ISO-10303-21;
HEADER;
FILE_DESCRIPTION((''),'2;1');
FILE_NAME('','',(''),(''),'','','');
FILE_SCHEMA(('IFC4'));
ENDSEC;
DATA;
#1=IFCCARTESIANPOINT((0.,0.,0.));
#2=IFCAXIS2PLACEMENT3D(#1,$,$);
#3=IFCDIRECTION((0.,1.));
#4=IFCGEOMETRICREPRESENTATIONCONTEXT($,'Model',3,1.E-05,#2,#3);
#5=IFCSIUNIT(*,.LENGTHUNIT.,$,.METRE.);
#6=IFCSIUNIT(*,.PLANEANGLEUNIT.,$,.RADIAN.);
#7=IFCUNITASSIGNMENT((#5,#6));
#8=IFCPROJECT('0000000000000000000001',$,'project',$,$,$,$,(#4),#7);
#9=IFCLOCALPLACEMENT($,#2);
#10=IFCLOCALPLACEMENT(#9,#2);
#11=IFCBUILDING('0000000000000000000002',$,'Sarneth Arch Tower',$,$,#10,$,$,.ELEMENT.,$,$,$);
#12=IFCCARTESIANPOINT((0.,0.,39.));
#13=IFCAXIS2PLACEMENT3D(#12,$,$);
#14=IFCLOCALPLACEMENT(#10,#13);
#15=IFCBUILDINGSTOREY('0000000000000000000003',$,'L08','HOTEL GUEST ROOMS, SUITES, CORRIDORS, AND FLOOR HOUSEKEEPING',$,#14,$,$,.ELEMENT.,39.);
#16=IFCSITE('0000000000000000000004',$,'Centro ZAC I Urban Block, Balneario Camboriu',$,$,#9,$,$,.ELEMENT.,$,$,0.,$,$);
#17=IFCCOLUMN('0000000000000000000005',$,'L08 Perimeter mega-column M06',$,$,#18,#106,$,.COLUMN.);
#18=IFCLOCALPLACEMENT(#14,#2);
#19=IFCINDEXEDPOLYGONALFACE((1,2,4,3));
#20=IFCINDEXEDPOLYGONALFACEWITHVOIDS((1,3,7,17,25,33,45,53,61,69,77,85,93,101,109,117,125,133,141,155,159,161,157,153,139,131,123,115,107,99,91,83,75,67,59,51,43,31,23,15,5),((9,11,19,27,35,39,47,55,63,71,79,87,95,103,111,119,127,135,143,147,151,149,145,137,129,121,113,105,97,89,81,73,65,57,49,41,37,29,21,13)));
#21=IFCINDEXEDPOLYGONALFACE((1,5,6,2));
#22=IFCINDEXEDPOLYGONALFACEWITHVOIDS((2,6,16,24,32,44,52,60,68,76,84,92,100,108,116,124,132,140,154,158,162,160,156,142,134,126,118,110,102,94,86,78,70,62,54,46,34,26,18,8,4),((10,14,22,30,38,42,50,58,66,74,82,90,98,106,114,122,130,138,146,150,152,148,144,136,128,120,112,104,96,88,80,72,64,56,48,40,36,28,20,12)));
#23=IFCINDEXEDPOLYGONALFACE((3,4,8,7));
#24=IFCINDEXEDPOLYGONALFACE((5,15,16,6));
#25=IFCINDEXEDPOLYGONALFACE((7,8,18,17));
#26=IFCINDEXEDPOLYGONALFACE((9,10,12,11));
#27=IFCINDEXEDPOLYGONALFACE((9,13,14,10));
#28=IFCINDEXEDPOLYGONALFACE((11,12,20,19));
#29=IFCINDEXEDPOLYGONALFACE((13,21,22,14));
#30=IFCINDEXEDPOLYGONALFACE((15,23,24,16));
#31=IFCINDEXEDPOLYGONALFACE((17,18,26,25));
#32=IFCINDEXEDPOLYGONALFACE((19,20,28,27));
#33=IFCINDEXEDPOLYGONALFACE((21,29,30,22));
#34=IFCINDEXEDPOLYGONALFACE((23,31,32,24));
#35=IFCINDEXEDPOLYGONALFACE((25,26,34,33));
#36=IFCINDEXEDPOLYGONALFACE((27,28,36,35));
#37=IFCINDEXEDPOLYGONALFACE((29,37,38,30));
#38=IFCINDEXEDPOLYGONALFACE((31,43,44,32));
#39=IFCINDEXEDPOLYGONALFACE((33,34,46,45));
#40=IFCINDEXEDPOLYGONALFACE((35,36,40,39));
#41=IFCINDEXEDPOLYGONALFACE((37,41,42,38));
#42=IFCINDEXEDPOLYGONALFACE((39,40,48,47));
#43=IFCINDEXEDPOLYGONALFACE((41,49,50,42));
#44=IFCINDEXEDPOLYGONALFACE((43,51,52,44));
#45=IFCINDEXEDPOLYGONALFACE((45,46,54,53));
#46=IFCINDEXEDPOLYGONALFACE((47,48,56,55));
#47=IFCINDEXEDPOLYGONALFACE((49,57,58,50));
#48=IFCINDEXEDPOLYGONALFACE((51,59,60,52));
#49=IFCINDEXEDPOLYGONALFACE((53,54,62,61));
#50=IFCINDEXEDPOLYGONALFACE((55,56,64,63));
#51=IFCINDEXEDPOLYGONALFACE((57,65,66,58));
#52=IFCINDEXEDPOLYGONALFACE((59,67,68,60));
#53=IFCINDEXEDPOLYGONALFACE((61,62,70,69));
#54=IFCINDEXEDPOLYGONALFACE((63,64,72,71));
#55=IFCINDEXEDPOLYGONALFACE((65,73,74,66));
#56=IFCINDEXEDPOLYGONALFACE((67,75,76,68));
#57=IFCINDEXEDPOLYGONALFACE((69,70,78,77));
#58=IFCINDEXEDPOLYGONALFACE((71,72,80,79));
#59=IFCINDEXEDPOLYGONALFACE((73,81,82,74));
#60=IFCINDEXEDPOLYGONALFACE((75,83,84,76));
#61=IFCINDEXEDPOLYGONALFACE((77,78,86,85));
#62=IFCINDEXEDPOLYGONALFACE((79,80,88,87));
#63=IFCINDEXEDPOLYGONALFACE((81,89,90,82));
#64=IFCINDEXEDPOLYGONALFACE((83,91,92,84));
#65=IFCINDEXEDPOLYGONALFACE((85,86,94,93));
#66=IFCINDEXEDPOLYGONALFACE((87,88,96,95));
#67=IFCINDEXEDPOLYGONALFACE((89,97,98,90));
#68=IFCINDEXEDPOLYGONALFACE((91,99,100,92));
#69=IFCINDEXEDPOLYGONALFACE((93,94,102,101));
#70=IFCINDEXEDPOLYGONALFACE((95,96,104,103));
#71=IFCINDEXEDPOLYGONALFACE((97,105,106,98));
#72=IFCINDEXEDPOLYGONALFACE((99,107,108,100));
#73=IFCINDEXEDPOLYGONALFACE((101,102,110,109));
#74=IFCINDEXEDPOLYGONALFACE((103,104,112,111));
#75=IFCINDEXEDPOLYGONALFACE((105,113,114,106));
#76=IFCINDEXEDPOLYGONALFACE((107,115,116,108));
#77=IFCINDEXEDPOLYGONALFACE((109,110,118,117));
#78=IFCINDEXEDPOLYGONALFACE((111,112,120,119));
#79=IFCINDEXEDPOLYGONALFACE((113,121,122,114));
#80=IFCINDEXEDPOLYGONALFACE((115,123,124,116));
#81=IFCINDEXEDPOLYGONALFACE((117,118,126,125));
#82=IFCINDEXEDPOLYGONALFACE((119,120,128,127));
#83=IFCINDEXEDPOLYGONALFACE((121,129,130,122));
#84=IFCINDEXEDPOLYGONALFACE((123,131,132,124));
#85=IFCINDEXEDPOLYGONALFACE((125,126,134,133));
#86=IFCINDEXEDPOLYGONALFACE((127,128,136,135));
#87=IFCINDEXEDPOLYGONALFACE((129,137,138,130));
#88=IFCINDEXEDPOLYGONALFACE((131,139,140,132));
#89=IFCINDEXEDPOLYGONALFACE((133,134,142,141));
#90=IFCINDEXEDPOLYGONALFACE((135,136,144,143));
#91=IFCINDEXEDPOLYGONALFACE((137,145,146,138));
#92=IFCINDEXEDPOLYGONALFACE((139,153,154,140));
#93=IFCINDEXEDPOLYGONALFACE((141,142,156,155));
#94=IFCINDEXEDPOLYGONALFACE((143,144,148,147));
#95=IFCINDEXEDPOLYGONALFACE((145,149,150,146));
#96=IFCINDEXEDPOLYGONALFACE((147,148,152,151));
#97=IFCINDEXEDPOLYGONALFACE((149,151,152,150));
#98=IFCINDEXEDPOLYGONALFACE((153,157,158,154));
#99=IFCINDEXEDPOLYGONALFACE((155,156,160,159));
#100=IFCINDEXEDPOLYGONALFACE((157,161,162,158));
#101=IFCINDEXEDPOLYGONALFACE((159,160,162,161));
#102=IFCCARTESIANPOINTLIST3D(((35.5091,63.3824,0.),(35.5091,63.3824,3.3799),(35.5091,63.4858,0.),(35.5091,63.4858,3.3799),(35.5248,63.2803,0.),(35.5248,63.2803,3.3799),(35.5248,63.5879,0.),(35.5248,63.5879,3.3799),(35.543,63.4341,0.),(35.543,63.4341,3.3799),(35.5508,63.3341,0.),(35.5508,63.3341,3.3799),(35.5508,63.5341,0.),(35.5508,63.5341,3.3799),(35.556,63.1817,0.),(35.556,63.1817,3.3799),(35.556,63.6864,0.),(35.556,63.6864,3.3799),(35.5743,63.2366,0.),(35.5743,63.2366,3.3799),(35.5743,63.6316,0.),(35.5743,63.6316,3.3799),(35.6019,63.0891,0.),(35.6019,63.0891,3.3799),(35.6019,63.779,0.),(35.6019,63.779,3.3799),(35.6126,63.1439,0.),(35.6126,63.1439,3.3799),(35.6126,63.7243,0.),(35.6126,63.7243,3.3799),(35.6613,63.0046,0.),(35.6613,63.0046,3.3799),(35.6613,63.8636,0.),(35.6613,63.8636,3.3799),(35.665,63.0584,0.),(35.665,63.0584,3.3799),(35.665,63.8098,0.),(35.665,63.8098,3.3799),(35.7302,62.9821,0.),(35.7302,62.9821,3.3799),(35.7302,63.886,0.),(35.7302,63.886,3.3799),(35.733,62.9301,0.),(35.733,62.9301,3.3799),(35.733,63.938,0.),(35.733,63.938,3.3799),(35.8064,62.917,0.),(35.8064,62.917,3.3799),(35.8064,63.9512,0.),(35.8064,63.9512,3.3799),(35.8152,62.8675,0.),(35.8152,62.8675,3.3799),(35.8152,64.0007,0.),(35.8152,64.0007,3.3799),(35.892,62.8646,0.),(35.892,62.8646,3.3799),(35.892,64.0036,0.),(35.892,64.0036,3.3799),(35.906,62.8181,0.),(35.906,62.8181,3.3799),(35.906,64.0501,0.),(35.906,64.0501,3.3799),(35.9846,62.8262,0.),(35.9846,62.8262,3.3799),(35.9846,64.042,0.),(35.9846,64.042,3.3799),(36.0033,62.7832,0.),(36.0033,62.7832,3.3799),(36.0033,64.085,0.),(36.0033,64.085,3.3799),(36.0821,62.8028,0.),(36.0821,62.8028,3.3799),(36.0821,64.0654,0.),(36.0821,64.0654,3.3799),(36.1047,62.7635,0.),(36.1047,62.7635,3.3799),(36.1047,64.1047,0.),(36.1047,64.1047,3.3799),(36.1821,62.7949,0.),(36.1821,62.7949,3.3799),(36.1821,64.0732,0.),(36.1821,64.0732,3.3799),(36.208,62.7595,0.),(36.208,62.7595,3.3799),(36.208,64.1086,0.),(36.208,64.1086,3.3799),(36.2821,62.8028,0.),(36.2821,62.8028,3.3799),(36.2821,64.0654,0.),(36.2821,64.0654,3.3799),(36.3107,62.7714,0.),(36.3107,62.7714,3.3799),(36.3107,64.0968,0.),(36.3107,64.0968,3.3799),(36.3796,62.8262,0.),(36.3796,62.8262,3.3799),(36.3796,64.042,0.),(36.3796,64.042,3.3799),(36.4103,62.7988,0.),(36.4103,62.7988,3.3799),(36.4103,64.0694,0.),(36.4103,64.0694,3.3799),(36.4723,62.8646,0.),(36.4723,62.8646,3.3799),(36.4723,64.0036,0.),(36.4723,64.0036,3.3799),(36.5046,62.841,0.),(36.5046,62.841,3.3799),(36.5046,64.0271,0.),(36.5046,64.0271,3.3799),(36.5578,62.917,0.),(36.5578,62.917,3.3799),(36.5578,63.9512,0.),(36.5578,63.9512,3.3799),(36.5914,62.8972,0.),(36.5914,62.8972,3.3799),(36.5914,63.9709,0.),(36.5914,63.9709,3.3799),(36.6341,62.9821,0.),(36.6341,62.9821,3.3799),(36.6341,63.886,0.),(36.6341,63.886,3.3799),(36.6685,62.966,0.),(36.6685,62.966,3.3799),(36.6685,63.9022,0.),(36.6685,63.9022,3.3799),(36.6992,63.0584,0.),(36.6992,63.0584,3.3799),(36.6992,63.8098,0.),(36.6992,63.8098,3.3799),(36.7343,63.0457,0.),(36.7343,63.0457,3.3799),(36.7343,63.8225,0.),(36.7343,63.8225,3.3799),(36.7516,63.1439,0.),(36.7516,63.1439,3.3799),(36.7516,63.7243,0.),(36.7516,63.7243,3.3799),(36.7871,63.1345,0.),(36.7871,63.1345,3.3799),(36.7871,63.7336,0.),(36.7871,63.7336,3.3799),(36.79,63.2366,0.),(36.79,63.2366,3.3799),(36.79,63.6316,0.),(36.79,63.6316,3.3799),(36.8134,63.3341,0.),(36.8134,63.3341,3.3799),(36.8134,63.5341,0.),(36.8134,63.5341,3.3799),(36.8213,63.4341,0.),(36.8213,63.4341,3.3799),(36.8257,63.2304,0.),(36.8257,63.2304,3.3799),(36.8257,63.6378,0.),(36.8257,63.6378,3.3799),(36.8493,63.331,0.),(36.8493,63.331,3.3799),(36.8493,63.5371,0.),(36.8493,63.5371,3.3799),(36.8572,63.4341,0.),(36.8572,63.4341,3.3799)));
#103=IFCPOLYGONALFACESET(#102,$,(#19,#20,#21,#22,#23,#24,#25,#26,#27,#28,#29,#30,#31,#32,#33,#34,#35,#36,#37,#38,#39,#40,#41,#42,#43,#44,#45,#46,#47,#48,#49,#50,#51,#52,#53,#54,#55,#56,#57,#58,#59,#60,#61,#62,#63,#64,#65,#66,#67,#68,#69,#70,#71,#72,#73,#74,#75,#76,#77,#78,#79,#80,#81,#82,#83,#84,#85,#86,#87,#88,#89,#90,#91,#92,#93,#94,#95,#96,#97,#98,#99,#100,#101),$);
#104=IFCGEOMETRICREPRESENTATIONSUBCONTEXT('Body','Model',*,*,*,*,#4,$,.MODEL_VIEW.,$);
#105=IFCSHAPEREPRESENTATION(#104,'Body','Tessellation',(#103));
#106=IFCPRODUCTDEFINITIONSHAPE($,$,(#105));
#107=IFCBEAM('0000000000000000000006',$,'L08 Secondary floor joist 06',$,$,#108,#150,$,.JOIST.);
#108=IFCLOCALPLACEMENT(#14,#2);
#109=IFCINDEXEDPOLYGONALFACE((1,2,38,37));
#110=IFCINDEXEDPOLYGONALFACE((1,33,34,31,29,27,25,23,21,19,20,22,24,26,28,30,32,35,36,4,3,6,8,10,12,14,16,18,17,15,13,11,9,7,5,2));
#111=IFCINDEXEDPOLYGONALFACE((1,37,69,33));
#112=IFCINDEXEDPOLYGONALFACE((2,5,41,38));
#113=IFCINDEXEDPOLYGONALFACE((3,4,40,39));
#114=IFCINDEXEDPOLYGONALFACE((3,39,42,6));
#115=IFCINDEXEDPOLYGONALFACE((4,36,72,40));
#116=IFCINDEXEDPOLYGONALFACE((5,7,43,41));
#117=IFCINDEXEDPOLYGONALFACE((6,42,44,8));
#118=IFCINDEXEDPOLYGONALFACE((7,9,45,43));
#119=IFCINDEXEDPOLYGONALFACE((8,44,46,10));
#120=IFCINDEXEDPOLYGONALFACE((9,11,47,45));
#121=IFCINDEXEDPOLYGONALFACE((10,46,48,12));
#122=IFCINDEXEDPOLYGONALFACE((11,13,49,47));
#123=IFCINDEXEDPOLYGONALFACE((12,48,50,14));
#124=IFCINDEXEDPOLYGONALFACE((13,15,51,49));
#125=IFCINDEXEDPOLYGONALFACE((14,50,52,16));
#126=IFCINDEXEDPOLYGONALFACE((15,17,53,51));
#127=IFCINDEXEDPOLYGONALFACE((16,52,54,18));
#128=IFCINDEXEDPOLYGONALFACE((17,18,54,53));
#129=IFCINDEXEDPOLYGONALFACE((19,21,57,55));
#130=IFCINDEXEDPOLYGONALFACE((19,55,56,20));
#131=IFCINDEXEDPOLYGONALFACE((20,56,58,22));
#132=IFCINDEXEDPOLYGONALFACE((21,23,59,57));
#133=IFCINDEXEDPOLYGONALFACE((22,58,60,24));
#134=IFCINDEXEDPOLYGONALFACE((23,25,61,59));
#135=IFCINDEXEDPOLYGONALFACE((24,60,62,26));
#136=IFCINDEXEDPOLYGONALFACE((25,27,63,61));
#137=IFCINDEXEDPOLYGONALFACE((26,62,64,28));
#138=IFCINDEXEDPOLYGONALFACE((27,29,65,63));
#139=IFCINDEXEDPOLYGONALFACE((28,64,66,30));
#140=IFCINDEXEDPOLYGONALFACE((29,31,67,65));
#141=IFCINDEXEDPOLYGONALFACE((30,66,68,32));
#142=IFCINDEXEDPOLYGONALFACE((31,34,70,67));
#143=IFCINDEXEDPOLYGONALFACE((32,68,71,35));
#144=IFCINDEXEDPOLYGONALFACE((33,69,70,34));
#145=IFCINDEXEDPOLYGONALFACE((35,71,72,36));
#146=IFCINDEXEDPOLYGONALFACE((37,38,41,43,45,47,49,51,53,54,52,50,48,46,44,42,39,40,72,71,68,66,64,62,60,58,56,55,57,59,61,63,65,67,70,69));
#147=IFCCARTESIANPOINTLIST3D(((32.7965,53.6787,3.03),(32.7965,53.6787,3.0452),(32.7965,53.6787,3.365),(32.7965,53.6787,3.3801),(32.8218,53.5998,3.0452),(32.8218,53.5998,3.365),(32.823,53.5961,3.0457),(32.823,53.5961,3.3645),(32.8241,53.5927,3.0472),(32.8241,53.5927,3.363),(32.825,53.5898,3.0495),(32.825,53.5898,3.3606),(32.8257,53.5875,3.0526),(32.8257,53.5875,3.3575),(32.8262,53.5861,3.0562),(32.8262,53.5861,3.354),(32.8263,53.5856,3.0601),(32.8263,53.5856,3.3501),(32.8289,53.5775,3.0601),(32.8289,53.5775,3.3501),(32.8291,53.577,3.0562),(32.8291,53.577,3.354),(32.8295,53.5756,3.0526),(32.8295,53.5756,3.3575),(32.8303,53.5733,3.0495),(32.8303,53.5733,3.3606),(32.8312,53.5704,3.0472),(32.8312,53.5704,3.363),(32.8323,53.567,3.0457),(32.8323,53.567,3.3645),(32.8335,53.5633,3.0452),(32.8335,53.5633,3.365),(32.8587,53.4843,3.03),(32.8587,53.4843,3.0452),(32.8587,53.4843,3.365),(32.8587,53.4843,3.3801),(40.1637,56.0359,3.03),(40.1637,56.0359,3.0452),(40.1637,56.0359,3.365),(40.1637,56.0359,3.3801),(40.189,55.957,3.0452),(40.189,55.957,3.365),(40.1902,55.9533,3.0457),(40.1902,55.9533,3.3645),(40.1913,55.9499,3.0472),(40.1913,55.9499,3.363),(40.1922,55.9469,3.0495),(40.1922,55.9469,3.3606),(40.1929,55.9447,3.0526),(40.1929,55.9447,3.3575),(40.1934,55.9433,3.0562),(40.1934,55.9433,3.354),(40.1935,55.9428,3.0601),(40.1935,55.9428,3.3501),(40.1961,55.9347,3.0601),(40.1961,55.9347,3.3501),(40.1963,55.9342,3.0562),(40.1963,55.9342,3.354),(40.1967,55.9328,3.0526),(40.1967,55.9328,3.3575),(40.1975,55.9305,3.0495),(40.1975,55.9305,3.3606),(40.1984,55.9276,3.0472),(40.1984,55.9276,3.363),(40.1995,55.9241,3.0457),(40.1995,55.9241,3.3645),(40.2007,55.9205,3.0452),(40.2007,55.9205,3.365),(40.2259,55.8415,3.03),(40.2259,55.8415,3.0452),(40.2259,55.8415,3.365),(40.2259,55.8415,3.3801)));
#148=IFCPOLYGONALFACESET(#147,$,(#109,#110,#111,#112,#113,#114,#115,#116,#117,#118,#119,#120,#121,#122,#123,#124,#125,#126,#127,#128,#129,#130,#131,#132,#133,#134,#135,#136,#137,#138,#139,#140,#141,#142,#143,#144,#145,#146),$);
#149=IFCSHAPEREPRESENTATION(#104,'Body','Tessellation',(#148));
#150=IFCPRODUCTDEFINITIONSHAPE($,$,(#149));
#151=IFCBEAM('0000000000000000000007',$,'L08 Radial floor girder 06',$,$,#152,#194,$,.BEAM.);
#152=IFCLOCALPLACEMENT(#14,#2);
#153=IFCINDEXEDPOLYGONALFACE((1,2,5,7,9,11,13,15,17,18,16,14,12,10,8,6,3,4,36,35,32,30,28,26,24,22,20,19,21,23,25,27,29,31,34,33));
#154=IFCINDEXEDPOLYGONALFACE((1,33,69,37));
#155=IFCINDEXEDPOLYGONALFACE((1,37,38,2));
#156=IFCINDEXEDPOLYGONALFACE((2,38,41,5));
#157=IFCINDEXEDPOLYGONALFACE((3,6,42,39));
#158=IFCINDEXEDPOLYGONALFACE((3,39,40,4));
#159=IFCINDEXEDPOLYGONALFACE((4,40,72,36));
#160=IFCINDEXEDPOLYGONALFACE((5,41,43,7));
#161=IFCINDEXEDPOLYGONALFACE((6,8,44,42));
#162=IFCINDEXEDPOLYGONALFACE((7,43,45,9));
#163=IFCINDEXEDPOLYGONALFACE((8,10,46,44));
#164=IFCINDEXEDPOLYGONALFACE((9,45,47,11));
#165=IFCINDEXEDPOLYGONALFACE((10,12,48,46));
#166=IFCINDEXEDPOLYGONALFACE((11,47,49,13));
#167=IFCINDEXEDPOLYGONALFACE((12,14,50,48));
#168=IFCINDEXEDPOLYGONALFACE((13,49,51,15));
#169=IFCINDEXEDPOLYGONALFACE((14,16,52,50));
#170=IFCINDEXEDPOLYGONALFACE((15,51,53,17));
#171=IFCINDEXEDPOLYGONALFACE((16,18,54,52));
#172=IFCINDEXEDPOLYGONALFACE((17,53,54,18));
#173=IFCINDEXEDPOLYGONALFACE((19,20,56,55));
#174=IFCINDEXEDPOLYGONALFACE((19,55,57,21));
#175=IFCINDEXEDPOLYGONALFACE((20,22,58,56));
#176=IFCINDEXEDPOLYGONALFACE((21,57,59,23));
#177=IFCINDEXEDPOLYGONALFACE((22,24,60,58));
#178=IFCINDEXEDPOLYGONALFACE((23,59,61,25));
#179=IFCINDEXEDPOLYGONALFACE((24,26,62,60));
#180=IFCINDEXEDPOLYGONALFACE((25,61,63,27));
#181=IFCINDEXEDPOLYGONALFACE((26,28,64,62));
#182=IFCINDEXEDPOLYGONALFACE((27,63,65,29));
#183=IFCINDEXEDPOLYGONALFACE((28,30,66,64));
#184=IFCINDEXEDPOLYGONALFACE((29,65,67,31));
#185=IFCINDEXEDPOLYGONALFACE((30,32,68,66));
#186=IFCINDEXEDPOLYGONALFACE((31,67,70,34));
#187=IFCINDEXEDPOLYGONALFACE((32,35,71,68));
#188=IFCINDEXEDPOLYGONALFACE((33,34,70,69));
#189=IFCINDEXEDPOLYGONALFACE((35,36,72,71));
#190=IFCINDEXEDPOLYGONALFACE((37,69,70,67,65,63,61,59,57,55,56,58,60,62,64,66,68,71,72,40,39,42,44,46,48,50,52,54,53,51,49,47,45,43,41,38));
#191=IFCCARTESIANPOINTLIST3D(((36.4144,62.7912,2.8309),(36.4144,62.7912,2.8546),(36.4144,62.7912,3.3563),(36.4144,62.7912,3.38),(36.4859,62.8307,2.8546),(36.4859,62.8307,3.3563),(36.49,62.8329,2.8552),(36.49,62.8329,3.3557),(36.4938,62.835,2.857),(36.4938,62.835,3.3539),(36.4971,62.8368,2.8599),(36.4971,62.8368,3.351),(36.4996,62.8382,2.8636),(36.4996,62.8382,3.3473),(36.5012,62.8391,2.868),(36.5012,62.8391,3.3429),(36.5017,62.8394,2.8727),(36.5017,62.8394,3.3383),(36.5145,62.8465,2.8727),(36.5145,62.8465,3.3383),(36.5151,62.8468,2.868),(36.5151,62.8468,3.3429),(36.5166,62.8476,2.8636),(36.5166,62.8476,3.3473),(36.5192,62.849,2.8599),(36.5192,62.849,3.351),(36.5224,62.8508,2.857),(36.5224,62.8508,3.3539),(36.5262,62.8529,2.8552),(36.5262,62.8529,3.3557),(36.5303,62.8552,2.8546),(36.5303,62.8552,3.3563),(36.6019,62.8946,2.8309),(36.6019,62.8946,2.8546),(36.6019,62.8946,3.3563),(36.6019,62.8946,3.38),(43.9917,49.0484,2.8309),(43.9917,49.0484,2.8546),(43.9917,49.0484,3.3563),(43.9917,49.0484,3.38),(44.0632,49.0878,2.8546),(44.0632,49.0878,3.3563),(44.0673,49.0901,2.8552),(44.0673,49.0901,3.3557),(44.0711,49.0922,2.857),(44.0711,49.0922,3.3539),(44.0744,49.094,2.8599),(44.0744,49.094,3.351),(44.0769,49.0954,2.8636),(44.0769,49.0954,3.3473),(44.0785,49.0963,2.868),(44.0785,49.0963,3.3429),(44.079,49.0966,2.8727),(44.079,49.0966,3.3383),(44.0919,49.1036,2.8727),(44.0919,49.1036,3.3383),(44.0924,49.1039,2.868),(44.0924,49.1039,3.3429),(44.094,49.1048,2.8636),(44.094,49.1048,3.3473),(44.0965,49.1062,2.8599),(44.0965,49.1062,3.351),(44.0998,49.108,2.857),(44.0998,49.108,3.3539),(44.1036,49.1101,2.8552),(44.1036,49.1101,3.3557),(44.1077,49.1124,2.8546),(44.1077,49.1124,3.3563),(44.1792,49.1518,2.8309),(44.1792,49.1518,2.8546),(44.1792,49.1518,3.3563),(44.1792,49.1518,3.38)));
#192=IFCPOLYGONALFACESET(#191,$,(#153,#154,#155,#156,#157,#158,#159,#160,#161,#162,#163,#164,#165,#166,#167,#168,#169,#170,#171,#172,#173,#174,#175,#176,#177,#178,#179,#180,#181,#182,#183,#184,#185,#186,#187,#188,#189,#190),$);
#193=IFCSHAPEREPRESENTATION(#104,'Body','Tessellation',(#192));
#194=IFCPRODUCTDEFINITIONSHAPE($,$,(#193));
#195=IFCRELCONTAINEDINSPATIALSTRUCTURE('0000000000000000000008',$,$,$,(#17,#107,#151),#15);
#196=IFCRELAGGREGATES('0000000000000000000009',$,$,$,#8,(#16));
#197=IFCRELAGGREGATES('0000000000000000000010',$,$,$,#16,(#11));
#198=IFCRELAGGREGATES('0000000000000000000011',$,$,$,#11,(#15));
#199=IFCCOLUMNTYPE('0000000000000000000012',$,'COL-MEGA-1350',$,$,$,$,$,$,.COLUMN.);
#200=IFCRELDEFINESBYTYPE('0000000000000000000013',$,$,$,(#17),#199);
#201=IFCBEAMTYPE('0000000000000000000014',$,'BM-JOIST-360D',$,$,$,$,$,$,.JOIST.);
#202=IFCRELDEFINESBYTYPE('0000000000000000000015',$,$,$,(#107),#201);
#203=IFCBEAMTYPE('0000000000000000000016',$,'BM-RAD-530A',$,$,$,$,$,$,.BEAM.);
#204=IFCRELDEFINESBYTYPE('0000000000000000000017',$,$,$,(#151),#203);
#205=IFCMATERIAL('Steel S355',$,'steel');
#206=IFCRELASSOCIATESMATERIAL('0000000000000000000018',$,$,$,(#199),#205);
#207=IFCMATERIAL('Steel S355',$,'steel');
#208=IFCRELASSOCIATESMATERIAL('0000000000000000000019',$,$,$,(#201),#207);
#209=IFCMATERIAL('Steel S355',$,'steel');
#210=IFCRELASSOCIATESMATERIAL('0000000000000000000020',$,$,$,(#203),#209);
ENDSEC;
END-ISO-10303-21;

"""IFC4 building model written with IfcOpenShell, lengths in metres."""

from ifc_helpers import new_model, si_unit, direction, frame, origin, origin_2d, place, context, subcontext, project, spatial, hollow_circle, i_section, extrude, material, material_profile, profile_set, type_object, element, save


model = new_model("IFC4")

# Units and contexts
model_context = context("Model", 3, precision=1e-05, world=origin(), true_north=direction((0.0, 1.0)))
body_context = subcontext(model_context, "Body", "Model", "MODEL_VIEW")
ifc_project = project(units=[si_unit("LENGTHUNIT", "METRE"), si_unit("PLANEANGLEUNIT", "RADIAN")], contexts=[model_context])

# Site, building, storey
site_placement = place(None, origin())
site = spatial("IfcSite", under=ifc_project, at=site_placement, Name="Centro ZAC I Urban Block, Balneario Camboriu", CompositionType="ELEMENT", RefElevation=0.0)
building_placement = place(site_placement, origin())
building = spatial("IfcBuilding", under=site, at=building_placement, Name="Sarneth Arch Tower", CompositionType="ELEMENT")
storey_placement = place(building_placement, frame((0.0, 0.0, 39.0)))
storey = spatial("IfcBuildingStorey", under=building, at=storey_placement, Name="L08", Description="HOTEL GUEST ROOMS, SUITES, CORRIDORS, AND FLOOR HOUSEKEEPING", CompositionType="ELEMENT", Elevation=39.0)

# Column
ifc_material_1 = material(Name="Steel S355", Category="steel")
ifc_material_profile_1 = material_profile(ifc_material_1, hollow_circle(Radius=0.675, WallThickness=0.0359, at=origin_2d()), Name="CHS1350x36")
ifc_profile_set_1 = profile_set([ifc_material_profile_1], Name="Steel S355")
column_type = type_object("IfcColumnType", Name="COL-MEGA-1350", PredefinedType="COLUMN", material=ifc_profile_set_1)
column_placement = place(storey_placement, frame((36.1821, 63.4341, 0.0), z_axis=(0.0, 0.0, 1.0), x_axis=(1.0, 0.0, 0.0)))
element("IfcColumn", 1, at=column_placement, inside=storey, type_object=column_type, Name="L08 Perimeter mega-column M06", PredefinedType="COLUMN", context=body_context, shape_type="SweptSolid", body=[
    extrude(hollow_circle(Radius=0.675, WallThickness=0.0359, at=origin_2d()), origin(), (0.0, 0.0, 1.0), 3.3799),
])

# Beams
ifc_material_2 = material(Name="Steel S355", Category="steel")
ifc_material_profile_2 = material_profile(ifc_material_2, i_section(OverallWidth=0.2041, OverallDepth=0.3501, WebThickness=0.0085, FlangeThickness=0.0151, FilletRadius=0.0149, at=origin_2d()), Name="W360x72")
ifc_profile_set_2 = profile_set([ifc_material_profile_2], Name="Steel S355")
beam_type_1 = type_object("IfcBeamType", Name="BM-JOIST-360D", PredefinedType="JOIST", material=ifc_profile_set_2)
beam_1_placement = place(storey_placement, frame((40.1948, 55.9387, 3.2051), z_axis=(-0.952436, -0.304738, 0.0), x_axis=(0.304738, -0.952436, 0.0)))
element("IfcBeam", 2, at=beam_1_placement, inside=storey, type_object=beam_type_1, Name="L08 Secondary floor joist 06", PredefinedType="JOIST", context=body_context, shape_type="SweptSolid", body=[
    extrude(i_section(OverallWidth=0.2041, OverallDepth=0.3501, WebThickness=0.0085, FlangeThickness=0.0151, FilletRadius=0.0149, at=origin_2d()), origin(), (0.0, 0.0, 1.0), 7.7351),
])
ifc_material_3 = material(Name="Steel S355", Category="steel")
ifc_material_profile_3 = material_profile(ifc_material_3, i_section(OverallWidth=0.2141, OverallDepth=0.5491, WebThickness=0.0146, FlangeThickness=0.0237, FilletRadius=0.0181, at=origin_2d()), Name="W530x138")
ifc_profile_set_3 = profile_set([ifc_material_profile_3], Name="Steel S355")
beam_type_2 = type_object("IfcBeamType", Name="BM-RAD-530A", PredefinedType="BEAM", material=ifc_profile_set_3)
beam_2_placement = place(storey_placement, frame((44.0854, 49.1001, 3.1055), z_axis=(-0.482838, 0.87571, 0.0), x_axis=(-0.87571, -0.482838, 0.0)))
element("IfcBeam", 3, at=beam_2_placement, inside=storey, type_object=beam_type_2, Name="L08 Radial floor girder 06", PredefinedType="BEAM", context=body_context, shape_type="SweptSolid", body=[
    extrude(i_section(OverallWidth=0.2141, OverallDepth=0.5491, WebThickness=0.0146, FlangeThickness=0.0237, FilletRadius=0.0181, at=origin_2d()), origin(), (0.0, 0.0, 1.0), 15.6934),
])

save(model, "model.ifc")
